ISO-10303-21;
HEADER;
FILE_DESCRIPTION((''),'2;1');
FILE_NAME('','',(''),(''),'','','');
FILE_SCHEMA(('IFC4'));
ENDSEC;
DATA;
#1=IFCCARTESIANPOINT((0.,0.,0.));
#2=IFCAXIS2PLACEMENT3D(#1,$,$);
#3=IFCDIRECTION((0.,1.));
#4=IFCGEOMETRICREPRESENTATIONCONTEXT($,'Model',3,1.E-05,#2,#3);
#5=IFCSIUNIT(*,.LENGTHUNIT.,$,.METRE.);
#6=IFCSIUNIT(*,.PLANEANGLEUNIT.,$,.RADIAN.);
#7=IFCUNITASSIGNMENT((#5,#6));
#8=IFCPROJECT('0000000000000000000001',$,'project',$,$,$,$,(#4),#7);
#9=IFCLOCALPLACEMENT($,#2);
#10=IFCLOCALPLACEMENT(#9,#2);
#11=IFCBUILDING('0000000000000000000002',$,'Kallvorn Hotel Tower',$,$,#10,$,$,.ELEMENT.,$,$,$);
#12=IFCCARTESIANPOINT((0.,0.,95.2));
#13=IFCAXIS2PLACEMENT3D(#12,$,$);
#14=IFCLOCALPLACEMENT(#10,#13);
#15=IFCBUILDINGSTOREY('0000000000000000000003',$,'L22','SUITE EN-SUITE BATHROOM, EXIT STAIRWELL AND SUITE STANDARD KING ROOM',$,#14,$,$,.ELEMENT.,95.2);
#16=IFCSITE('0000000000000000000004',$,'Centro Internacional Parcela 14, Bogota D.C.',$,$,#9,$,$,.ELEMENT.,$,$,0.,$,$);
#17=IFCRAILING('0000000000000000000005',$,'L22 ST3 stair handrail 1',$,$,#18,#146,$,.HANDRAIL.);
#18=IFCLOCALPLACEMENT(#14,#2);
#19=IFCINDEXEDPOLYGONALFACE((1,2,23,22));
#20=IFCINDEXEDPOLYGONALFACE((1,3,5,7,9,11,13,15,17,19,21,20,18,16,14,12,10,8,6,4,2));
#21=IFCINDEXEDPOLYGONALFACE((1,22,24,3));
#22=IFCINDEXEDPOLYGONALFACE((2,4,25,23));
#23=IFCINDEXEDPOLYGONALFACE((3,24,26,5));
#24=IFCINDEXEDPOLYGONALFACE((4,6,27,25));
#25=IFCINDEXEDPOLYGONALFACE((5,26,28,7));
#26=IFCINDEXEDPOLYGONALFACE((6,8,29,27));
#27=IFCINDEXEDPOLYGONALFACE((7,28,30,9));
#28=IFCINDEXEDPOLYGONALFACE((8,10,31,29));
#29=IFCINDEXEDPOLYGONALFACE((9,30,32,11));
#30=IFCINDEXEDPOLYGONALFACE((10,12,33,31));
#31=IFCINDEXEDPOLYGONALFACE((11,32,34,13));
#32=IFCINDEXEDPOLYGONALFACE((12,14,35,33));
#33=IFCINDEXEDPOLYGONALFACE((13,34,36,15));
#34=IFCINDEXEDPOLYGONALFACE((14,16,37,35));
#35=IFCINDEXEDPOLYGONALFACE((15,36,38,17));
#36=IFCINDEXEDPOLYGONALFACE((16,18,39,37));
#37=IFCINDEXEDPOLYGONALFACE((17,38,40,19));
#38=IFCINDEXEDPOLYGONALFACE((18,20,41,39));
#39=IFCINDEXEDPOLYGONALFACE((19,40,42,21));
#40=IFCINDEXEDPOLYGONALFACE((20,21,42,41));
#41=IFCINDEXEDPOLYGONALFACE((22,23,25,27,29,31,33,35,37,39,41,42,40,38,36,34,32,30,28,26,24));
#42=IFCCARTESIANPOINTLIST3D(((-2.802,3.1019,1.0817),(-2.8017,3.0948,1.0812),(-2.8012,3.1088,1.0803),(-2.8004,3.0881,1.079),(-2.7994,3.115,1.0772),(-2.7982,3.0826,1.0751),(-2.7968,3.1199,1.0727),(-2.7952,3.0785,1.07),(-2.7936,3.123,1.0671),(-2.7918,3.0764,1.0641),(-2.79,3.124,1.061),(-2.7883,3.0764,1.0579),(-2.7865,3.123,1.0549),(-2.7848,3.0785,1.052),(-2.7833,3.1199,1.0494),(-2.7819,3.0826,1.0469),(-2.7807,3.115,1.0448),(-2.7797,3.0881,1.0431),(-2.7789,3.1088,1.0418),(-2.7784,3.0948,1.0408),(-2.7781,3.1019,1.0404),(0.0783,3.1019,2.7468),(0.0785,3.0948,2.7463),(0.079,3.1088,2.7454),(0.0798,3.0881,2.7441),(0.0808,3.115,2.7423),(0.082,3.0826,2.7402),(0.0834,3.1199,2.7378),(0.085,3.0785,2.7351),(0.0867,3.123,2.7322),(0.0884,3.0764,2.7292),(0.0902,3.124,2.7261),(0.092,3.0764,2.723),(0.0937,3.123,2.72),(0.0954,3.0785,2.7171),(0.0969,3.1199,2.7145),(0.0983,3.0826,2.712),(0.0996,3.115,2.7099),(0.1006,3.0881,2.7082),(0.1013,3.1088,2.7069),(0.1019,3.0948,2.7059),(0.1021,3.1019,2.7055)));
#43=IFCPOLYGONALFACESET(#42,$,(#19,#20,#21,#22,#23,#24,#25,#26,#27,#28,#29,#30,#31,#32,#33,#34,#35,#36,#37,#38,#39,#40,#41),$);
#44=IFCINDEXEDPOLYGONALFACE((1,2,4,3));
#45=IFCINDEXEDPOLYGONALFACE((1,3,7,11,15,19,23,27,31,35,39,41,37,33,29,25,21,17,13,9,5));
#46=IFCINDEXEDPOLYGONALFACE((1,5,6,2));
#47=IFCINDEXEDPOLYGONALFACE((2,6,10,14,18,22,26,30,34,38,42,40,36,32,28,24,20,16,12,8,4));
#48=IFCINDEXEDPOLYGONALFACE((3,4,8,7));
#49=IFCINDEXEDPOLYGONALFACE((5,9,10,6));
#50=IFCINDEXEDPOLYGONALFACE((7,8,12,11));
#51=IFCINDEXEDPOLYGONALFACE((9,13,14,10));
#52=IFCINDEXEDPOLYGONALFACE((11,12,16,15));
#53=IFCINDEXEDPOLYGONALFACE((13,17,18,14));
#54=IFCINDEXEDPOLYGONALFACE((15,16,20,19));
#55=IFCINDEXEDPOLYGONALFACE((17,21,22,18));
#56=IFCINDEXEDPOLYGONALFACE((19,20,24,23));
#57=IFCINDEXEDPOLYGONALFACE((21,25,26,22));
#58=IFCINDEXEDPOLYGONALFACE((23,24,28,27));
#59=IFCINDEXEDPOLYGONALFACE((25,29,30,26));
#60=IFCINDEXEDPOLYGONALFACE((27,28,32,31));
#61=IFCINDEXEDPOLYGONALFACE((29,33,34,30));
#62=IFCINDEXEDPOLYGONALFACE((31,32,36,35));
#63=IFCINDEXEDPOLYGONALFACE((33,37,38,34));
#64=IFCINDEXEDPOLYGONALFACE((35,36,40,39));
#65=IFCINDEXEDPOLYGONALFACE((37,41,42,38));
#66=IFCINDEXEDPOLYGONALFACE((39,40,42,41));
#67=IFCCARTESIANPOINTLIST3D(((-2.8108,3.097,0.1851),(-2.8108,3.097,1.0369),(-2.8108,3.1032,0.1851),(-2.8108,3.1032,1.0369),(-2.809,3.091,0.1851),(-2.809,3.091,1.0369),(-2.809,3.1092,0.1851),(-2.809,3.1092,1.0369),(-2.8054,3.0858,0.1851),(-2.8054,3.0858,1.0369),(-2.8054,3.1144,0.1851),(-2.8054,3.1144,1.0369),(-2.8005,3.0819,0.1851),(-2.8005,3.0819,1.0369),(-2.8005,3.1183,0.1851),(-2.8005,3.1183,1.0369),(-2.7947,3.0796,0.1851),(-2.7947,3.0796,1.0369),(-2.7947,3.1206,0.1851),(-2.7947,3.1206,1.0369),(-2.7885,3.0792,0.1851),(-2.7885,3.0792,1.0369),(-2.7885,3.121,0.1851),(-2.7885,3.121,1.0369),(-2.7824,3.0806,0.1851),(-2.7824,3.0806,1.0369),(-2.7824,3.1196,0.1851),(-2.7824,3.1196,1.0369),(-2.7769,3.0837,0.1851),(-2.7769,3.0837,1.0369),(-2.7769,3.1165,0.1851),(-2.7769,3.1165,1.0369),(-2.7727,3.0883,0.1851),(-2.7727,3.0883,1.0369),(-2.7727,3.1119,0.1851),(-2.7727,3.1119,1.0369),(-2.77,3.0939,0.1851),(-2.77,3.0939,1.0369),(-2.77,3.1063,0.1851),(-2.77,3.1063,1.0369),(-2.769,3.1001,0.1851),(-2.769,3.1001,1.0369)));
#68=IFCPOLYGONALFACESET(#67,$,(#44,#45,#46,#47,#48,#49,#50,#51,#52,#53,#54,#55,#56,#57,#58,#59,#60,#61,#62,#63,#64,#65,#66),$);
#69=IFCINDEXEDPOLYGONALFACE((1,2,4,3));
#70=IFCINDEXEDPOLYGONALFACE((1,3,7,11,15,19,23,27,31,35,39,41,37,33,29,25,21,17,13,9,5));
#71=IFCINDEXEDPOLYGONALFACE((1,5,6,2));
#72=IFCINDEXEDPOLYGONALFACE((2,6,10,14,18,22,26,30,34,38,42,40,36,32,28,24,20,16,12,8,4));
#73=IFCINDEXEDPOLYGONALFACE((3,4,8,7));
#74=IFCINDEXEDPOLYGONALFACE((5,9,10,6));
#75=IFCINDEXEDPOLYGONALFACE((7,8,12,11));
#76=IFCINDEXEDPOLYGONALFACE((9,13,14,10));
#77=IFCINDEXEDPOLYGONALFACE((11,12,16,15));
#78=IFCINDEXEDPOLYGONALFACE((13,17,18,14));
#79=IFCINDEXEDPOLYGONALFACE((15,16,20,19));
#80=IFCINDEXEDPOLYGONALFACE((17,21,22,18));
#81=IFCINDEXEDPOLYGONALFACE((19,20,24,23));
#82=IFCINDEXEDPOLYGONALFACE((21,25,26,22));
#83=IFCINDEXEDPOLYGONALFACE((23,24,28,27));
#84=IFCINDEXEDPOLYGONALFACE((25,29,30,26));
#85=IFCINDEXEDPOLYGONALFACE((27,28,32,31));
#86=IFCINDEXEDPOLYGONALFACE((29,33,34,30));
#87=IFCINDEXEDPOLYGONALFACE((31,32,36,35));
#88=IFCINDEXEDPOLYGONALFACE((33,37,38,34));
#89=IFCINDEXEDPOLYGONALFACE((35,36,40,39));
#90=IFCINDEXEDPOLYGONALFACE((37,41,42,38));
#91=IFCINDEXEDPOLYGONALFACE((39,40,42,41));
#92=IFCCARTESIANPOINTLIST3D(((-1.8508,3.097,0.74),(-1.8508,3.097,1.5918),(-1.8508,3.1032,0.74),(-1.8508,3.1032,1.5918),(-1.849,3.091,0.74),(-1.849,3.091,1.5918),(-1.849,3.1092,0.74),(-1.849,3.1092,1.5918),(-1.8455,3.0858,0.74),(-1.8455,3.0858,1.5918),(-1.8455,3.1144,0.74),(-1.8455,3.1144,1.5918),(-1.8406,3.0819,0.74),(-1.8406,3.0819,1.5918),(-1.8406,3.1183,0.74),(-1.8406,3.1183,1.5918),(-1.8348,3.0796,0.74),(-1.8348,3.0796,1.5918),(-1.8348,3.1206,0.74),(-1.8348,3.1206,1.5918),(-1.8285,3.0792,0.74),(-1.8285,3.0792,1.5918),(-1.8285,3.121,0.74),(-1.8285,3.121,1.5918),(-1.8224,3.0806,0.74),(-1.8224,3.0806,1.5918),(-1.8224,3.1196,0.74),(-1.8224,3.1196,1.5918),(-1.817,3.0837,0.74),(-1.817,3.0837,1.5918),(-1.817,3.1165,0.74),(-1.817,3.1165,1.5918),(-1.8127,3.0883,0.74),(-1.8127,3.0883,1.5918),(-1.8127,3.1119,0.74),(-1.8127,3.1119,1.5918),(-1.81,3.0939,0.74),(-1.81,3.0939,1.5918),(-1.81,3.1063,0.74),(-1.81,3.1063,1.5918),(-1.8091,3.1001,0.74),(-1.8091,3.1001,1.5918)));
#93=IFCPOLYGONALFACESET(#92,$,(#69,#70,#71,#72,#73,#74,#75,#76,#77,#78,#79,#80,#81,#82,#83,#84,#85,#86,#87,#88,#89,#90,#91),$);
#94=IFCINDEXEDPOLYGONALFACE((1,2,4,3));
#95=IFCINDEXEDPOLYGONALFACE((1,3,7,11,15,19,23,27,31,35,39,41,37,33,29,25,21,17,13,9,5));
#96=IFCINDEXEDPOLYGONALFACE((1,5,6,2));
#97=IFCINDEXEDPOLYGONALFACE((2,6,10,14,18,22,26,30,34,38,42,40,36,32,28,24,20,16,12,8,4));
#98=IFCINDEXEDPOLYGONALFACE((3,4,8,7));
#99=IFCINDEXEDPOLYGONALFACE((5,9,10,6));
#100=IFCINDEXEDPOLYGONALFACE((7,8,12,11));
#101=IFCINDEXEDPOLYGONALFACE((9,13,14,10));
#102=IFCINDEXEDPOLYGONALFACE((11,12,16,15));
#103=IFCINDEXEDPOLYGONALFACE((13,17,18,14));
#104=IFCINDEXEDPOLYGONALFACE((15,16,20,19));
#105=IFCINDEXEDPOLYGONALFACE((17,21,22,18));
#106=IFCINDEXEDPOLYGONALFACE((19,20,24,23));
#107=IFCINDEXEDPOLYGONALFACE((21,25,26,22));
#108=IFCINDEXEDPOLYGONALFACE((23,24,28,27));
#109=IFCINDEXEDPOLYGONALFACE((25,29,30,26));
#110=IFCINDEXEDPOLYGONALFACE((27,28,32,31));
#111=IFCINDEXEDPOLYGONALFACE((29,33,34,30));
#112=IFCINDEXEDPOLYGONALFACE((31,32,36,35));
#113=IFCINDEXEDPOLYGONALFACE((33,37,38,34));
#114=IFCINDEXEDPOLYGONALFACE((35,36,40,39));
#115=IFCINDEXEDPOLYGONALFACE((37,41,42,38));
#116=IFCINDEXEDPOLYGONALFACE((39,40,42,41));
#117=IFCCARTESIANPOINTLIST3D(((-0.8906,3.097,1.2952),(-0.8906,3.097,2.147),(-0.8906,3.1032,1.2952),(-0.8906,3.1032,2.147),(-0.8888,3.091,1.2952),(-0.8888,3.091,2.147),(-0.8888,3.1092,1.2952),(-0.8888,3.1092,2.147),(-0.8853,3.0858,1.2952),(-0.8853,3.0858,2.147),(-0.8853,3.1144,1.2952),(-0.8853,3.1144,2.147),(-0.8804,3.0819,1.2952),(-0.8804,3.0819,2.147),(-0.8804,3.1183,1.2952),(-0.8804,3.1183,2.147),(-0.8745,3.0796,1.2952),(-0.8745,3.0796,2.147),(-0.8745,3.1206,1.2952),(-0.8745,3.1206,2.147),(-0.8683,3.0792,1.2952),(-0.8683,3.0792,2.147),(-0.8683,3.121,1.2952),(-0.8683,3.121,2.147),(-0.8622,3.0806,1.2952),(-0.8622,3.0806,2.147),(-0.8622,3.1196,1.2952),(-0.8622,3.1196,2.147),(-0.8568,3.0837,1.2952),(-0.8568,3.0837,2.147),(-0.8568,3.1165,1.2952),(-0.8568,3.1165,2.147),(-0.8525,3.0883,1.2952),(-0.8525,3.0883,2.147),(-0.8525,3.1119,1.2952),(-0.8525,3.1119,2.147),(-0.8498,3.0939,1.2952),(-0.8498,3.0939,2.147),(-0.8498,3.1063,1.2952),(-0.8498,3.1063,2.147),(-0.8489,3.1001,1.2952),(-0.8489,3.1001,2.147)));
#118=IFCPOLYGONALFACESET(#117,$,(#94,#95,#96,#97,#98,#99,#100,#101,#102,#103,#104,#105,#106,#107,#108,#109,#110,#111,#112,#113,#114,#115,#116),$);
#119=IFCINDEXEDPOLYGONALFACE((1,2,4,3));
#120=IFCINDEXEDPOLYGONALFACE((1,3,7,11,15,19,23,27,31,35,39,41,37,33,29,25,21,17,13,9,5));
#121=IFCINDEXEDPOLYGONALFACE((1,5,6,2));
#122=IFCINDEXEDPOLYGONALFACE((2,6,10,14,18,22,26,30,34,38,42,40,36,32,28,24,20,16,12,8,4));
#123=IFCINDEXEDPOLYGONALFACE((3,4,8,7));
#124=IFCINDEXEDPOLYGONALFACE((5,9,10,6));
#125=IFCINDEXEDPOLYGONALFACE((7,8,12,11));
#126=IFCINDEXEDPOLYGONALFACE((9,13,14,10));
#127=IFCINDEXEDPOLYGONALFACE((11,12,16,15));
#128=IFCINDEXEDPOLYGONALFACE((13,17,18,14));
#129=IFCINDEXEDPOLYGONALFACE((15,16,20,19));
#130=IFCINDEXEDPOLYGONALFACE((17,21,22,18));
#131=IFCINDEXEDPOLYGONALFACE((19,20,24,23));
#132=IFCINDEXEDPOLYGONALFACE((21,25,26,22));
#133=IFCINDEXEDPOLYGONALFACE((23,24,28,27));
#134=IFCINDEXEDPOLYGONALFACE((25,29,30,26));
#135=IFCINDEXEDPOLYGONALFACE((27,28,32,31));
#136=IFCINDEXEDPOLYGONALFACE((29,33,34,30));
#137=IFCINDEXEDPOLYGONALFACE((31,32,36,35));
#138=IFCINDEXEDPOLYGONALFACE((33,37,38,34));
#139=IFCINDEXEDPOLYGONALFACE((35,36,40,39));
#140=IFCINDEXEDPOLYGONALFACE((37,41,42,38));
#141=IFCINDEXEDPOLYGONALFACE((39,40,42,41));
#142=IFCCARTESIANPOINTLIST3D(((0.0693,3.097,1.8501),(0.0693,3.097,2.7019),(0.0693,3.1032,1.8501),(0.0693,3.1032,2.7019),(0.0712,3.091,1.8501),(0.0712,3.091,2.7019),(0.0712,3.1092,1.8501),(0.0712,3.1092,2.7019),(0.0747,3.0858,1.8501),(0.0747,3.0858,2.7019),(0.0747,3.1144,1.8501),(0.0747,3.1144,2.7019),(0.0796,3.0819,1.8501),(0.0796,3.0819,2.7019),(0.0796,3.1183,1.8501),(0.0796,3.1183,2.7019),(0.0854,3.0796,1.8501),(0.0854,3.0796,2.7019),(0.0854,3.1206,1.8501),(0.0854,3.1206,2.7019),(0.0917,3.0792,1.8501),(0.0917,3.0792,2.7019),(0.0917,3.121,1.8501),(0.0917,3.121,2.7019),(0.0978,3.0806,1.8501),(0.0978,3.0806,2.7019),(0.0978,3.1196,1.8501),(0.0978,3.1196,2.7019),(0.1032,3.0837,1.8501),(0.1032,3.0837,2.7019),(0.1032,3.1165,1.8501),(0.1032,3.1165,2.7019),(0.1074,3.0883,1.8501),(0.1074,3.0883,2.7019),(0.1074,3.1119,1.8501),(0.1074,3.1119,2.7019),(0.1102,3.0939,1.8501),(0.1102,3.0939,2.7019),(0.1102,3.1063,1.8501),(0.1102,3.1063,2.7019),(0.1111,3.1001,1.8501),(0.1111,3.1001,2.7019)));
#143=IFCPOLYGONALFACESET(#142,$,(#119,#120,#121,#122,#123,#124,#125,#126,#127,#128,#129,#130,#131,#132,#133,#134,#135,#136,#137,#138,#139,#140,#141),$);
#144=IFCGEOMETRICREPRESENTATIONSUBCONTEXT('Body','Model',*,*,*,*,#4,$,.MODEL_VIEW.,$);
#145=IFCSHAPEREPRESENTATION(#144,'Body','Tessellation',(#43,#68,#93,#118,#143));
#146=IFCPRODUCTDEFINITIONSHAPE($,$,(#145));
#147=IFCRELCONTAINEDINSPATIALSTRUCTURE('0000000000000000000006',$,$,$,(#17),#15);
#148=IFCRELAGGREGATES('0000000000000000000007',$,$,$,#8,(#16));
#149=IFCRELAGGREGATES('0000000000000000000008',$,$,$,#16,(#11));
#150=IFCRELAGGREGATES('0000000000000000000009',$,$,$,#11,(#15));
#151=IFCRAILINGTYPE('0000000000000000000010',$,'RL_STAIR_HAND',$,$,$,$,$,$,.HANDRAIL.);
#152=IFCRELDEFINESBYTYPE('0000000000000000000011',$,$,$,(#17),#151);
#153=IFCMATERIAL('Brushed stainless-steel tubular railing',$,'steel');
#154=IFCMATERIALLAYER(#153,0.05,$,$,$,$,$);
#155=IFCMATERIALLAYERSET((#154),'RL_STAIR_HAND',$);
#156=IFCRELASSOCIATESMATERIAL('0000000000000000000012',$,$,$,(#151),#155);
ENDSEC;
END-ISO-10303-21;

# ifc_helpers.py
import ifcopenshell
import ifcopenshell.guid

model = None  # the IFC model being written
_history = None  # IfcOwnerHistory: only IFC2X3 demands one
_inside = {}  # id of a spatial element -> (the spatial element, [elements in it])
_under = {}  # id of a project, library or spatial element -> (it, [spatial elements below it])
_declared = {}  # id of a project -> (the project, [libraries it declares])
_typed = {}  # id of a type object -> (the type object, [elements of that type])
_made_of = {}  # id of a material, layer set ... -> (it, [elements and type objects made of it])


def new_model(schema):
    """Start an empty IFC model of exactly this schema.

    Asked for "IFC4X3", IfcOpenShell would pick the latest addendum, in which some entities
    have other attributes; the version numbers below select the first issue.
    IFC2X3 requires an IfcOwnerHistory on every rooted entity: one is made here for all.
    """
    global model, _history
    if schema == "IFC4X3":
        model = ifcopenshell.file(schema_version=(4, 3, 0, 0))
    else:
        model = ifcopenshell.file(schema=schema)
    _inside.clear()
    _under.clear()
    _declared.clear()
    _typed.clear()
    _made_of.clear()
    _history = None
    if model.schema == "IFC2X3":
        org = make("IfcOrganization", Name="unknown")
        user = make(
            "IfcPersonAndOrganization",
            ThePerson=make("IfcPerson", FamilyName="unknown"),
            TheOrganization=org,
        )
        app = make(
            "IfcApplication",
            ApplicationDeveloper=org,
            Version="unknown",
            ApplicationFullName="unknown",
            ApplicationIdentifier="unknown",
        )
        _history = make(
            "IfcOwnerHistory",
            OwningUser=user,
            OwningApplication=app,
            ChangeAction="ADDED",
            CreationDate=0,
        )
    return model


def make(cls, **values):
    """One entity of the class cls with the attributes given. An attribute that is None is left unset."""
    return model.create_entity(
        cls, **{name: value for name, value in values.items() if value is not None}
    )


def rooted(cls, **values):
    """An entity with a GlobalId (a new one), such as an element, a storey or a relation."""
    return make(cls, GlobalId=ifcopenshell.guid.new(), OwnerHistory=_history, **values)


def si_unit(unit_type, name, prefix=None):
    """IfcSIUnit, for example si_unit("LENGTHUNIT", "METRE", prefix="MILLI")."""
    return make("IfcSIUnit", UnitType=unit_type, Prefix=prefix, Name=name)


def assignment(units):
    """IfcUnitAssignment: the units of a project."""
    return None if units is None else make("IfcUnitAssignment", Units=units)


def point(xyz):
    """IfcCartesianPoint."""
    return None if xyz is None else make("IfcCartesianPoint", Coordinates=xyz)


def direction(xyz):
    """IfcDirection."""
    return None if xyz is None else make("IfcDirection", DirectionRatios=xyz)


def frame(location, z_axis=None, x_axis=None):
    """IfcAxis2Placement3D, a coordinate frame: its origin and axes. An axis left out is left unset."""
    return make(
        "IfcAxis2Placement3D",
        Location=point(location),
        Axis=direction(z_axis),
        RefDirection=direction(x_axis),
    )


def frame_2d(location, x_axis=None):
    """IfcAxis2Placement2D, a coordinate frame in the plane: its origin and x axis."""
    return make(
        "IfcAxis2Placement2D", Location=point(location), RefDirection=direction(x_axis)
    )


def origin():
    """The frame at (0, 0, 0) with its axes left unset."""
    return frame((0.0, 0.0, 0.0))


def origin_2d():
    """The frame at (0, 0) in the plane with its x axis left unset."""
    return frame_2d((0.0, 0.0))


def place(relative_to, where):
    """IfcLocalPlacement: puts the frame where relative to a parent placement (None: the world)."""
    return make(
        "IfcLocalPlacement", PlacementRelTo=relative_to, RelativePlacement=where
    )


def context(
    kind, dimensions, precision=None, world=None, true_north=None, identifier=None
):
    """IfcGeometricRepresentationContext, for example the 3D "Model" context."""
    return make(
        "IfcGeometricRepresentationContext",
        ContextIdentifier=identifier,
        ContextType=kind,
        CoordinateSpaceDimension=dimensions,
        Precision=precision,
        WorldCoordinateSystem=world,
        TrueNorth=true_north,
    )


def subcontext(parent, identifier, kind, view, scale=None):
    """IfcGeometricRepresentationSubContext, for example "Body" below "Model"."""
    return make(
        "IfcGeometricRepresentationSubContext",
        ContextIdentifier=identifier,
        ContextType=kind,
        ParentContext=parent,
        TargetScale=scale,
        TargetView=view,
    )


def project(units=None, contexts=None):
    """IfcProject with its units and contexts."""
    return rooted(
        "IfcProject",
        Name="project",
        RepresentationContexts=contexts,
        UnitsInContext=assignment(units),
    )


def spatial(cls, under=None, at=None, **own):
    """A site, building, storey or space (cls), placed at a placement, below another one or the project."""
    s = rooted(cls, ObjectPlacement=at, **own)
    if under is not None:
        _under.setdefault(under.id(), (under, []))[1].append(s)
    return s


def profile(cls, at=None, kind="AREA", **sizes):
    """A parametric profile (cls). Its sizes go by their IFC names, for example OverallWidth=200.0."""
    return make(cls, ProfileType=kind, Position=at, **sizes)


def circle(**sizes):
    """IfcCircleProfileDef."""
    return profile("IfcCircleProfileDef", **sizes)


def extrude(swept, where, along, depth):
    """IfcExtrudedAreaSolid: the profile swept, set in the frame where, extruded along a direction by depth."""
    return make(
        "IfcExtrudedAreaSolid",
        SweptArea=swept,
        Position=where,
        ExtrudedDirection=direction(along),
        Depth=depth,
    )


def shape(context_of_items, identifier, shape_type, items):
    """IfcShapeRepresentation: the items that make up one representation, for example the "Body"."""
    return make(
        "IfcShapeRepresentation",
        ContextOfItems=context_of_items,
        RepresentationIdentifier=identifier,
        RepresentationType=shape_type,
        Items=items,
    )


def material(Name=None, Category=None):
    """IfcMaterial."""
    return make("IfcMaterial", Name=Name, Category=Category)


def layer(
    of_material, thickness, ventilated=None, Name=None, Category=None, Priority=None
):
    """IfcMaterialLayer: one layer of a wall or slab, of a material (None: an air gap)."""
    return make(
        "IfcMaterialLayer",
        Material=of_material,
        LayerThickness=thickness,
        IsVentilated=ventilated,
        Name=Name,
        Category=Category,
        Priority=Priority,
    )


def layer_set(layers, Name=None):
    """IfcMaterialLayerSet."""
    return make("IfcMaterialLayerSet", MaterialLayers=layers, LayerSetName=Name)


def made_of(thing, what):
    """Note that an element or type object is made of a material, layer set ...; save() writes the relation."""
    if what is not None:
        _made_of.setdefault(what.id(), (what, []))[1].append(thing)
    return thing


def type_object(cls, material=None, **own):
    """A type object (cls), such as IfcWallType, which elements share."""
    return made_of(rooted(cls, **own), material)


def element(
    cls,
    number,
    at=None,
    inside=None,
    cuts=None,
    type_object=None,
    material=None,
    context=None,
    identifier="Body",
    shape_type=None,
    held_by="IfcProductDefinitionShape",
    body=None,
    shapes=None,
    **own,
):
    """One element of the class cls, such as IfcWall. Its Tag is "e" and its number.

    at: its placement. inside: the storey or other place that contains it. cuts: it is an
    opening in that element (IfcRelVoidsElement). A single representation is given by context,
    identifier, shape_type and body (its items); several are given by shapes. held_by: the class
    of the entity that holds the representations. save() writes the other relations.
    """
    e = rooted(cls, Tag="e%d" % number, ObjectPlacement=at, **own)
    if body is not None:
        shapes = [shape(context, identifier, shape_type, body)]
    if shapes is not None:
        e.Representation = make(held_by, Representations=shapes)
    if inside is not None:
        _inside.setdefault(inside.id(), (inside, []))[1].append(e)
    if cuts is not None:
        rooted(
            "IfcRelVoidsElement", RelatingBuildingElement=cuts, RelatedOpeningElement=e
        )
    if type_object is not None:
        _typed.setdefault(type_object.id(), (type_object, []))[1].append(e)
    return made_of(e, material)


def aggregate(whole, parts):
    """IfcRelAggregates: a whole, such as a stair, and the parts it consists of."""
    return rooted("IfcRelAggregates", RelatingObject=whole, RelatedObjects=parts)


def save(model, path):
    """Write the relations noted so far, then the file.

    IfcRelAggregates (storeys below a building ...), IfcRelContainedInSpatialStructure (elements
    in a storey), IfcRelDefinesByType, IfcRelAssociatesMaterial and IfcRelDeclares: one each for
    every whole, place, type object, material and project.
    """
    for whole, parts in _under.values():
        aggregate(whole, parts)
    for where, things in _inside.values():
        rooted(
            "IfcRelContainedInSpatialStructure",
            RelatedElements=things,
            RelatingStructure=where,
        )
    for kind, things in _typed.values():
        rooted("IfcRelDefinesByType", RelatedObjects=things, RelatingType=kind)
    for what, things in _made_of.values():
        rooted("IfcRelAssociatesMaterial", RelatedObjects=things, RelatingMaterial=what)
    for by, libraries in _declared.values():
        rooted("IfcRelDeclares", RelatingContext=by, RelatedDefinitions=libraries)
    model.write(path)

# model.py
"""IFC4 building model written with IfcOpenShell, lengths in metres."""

from ifc_helpers import new_model, si_unit, direction, frame, origin, origin_2d, place, context, subcontext, project, spatial, circle, extrude, material, layer, layer_set, type_object, element, save


model = new_model("IFC4")

# Units and contexts
model_context = context("Model", 3, precision=1e-05, world=origin(), true_north=direction((0.0, 1.0)))
body_context = subcontext(model_context, "Body", "Model", "MODEL_VIEW")
ifc_project = project(units=[si_unit("LENGTHUNIT", "METRE"), si_unit("PLANEANGLEUNIT", "RADIAN")], contexts=[model_context])

# Site, building, storey
site_placement = place(None, origin())
site = spatial("IfcSite", under=ifc_project, at=site_placement, Name="Centro Internacional Parcela 14, Bogota D.C.", CompositionType="ELEMENT", RefElevation=0.0)
building_placement = place(site_placement, origin())
building = spatial("IfcBuilding", under=site, at=building_placement, Name="Kallvorn Hotel Tower", CompositionType="ELEMENT")
storey_placement = place(building_placement, frame((0.0, 0.0, 95.2)))
storey = spatial("IfcBuildingStorey", under=building, at=storey_placement, Name="L22", Description="SUITE EN-SUITE BATHROOM, EXIT STAIRWELL AND SUITE STANDARD KING ROOM", CompositionType="ELEMENT", Elevation=95.2)

# Railing
ifc_material_1 = material(Name="Brushed stainless-steel tubular railing", Category="steel")
ifc_layer_1 = layer(ifc_material_1, 0.05)
ifc_layer_set_1 = layer_set([ifc_layer_1], Name="RL_STAIR_HAND")
railing_type_1 = type_object("IfcRailingType", Name="RL_STAIR_HAND", PredefinedType="HANDRAIL", material=ifc_layer_set_1)
railing_1_placement = place(storey_placement, frame((-2.79, 3.1001, 0.1851)))
element("IfcRailing", 1, at=railing_1_placement, inside=storey, type_object=railing_type_1, Name="L22 ST3 stair handrail 1", PredefinedType="HANDRAIL", context=body_context, shape_type="SweptSolid", body=[
    extrude(circle(Radius=0.0239, at=origin_2d()), frame((0.0, 0.0, 0.876), z_axis=(0.865739, 0.0, 0.500495), x_axis=(0.0, 1.0, 0.0)), (0.0, 0.0, 1.0), 3.3269),
    extrude(circle(Radius=0.021, at=origin_2d()), origin(), (0.0, 0.0, 1.0), 0.8518),
    extrude(circle(Radius=0.021, at=origin_2d()), frame((0.96, 0.0, 0.5549)), (0.0, 0.0, 1.0), 0.8518),
    extrude(circle(Radius=0.021, at=origin_2d()), frame((1.9202, 0.0, 1.1101)), (0.0, 0.0, 1.0), 0.8518),
    extrude(circle(Radius=0.021, at=origin_2d()), frame((2.8801, 0.0, 1.665)), (0.0, 0.0, 1.0), 0.8518),
])

save(model, "model.ifc")
